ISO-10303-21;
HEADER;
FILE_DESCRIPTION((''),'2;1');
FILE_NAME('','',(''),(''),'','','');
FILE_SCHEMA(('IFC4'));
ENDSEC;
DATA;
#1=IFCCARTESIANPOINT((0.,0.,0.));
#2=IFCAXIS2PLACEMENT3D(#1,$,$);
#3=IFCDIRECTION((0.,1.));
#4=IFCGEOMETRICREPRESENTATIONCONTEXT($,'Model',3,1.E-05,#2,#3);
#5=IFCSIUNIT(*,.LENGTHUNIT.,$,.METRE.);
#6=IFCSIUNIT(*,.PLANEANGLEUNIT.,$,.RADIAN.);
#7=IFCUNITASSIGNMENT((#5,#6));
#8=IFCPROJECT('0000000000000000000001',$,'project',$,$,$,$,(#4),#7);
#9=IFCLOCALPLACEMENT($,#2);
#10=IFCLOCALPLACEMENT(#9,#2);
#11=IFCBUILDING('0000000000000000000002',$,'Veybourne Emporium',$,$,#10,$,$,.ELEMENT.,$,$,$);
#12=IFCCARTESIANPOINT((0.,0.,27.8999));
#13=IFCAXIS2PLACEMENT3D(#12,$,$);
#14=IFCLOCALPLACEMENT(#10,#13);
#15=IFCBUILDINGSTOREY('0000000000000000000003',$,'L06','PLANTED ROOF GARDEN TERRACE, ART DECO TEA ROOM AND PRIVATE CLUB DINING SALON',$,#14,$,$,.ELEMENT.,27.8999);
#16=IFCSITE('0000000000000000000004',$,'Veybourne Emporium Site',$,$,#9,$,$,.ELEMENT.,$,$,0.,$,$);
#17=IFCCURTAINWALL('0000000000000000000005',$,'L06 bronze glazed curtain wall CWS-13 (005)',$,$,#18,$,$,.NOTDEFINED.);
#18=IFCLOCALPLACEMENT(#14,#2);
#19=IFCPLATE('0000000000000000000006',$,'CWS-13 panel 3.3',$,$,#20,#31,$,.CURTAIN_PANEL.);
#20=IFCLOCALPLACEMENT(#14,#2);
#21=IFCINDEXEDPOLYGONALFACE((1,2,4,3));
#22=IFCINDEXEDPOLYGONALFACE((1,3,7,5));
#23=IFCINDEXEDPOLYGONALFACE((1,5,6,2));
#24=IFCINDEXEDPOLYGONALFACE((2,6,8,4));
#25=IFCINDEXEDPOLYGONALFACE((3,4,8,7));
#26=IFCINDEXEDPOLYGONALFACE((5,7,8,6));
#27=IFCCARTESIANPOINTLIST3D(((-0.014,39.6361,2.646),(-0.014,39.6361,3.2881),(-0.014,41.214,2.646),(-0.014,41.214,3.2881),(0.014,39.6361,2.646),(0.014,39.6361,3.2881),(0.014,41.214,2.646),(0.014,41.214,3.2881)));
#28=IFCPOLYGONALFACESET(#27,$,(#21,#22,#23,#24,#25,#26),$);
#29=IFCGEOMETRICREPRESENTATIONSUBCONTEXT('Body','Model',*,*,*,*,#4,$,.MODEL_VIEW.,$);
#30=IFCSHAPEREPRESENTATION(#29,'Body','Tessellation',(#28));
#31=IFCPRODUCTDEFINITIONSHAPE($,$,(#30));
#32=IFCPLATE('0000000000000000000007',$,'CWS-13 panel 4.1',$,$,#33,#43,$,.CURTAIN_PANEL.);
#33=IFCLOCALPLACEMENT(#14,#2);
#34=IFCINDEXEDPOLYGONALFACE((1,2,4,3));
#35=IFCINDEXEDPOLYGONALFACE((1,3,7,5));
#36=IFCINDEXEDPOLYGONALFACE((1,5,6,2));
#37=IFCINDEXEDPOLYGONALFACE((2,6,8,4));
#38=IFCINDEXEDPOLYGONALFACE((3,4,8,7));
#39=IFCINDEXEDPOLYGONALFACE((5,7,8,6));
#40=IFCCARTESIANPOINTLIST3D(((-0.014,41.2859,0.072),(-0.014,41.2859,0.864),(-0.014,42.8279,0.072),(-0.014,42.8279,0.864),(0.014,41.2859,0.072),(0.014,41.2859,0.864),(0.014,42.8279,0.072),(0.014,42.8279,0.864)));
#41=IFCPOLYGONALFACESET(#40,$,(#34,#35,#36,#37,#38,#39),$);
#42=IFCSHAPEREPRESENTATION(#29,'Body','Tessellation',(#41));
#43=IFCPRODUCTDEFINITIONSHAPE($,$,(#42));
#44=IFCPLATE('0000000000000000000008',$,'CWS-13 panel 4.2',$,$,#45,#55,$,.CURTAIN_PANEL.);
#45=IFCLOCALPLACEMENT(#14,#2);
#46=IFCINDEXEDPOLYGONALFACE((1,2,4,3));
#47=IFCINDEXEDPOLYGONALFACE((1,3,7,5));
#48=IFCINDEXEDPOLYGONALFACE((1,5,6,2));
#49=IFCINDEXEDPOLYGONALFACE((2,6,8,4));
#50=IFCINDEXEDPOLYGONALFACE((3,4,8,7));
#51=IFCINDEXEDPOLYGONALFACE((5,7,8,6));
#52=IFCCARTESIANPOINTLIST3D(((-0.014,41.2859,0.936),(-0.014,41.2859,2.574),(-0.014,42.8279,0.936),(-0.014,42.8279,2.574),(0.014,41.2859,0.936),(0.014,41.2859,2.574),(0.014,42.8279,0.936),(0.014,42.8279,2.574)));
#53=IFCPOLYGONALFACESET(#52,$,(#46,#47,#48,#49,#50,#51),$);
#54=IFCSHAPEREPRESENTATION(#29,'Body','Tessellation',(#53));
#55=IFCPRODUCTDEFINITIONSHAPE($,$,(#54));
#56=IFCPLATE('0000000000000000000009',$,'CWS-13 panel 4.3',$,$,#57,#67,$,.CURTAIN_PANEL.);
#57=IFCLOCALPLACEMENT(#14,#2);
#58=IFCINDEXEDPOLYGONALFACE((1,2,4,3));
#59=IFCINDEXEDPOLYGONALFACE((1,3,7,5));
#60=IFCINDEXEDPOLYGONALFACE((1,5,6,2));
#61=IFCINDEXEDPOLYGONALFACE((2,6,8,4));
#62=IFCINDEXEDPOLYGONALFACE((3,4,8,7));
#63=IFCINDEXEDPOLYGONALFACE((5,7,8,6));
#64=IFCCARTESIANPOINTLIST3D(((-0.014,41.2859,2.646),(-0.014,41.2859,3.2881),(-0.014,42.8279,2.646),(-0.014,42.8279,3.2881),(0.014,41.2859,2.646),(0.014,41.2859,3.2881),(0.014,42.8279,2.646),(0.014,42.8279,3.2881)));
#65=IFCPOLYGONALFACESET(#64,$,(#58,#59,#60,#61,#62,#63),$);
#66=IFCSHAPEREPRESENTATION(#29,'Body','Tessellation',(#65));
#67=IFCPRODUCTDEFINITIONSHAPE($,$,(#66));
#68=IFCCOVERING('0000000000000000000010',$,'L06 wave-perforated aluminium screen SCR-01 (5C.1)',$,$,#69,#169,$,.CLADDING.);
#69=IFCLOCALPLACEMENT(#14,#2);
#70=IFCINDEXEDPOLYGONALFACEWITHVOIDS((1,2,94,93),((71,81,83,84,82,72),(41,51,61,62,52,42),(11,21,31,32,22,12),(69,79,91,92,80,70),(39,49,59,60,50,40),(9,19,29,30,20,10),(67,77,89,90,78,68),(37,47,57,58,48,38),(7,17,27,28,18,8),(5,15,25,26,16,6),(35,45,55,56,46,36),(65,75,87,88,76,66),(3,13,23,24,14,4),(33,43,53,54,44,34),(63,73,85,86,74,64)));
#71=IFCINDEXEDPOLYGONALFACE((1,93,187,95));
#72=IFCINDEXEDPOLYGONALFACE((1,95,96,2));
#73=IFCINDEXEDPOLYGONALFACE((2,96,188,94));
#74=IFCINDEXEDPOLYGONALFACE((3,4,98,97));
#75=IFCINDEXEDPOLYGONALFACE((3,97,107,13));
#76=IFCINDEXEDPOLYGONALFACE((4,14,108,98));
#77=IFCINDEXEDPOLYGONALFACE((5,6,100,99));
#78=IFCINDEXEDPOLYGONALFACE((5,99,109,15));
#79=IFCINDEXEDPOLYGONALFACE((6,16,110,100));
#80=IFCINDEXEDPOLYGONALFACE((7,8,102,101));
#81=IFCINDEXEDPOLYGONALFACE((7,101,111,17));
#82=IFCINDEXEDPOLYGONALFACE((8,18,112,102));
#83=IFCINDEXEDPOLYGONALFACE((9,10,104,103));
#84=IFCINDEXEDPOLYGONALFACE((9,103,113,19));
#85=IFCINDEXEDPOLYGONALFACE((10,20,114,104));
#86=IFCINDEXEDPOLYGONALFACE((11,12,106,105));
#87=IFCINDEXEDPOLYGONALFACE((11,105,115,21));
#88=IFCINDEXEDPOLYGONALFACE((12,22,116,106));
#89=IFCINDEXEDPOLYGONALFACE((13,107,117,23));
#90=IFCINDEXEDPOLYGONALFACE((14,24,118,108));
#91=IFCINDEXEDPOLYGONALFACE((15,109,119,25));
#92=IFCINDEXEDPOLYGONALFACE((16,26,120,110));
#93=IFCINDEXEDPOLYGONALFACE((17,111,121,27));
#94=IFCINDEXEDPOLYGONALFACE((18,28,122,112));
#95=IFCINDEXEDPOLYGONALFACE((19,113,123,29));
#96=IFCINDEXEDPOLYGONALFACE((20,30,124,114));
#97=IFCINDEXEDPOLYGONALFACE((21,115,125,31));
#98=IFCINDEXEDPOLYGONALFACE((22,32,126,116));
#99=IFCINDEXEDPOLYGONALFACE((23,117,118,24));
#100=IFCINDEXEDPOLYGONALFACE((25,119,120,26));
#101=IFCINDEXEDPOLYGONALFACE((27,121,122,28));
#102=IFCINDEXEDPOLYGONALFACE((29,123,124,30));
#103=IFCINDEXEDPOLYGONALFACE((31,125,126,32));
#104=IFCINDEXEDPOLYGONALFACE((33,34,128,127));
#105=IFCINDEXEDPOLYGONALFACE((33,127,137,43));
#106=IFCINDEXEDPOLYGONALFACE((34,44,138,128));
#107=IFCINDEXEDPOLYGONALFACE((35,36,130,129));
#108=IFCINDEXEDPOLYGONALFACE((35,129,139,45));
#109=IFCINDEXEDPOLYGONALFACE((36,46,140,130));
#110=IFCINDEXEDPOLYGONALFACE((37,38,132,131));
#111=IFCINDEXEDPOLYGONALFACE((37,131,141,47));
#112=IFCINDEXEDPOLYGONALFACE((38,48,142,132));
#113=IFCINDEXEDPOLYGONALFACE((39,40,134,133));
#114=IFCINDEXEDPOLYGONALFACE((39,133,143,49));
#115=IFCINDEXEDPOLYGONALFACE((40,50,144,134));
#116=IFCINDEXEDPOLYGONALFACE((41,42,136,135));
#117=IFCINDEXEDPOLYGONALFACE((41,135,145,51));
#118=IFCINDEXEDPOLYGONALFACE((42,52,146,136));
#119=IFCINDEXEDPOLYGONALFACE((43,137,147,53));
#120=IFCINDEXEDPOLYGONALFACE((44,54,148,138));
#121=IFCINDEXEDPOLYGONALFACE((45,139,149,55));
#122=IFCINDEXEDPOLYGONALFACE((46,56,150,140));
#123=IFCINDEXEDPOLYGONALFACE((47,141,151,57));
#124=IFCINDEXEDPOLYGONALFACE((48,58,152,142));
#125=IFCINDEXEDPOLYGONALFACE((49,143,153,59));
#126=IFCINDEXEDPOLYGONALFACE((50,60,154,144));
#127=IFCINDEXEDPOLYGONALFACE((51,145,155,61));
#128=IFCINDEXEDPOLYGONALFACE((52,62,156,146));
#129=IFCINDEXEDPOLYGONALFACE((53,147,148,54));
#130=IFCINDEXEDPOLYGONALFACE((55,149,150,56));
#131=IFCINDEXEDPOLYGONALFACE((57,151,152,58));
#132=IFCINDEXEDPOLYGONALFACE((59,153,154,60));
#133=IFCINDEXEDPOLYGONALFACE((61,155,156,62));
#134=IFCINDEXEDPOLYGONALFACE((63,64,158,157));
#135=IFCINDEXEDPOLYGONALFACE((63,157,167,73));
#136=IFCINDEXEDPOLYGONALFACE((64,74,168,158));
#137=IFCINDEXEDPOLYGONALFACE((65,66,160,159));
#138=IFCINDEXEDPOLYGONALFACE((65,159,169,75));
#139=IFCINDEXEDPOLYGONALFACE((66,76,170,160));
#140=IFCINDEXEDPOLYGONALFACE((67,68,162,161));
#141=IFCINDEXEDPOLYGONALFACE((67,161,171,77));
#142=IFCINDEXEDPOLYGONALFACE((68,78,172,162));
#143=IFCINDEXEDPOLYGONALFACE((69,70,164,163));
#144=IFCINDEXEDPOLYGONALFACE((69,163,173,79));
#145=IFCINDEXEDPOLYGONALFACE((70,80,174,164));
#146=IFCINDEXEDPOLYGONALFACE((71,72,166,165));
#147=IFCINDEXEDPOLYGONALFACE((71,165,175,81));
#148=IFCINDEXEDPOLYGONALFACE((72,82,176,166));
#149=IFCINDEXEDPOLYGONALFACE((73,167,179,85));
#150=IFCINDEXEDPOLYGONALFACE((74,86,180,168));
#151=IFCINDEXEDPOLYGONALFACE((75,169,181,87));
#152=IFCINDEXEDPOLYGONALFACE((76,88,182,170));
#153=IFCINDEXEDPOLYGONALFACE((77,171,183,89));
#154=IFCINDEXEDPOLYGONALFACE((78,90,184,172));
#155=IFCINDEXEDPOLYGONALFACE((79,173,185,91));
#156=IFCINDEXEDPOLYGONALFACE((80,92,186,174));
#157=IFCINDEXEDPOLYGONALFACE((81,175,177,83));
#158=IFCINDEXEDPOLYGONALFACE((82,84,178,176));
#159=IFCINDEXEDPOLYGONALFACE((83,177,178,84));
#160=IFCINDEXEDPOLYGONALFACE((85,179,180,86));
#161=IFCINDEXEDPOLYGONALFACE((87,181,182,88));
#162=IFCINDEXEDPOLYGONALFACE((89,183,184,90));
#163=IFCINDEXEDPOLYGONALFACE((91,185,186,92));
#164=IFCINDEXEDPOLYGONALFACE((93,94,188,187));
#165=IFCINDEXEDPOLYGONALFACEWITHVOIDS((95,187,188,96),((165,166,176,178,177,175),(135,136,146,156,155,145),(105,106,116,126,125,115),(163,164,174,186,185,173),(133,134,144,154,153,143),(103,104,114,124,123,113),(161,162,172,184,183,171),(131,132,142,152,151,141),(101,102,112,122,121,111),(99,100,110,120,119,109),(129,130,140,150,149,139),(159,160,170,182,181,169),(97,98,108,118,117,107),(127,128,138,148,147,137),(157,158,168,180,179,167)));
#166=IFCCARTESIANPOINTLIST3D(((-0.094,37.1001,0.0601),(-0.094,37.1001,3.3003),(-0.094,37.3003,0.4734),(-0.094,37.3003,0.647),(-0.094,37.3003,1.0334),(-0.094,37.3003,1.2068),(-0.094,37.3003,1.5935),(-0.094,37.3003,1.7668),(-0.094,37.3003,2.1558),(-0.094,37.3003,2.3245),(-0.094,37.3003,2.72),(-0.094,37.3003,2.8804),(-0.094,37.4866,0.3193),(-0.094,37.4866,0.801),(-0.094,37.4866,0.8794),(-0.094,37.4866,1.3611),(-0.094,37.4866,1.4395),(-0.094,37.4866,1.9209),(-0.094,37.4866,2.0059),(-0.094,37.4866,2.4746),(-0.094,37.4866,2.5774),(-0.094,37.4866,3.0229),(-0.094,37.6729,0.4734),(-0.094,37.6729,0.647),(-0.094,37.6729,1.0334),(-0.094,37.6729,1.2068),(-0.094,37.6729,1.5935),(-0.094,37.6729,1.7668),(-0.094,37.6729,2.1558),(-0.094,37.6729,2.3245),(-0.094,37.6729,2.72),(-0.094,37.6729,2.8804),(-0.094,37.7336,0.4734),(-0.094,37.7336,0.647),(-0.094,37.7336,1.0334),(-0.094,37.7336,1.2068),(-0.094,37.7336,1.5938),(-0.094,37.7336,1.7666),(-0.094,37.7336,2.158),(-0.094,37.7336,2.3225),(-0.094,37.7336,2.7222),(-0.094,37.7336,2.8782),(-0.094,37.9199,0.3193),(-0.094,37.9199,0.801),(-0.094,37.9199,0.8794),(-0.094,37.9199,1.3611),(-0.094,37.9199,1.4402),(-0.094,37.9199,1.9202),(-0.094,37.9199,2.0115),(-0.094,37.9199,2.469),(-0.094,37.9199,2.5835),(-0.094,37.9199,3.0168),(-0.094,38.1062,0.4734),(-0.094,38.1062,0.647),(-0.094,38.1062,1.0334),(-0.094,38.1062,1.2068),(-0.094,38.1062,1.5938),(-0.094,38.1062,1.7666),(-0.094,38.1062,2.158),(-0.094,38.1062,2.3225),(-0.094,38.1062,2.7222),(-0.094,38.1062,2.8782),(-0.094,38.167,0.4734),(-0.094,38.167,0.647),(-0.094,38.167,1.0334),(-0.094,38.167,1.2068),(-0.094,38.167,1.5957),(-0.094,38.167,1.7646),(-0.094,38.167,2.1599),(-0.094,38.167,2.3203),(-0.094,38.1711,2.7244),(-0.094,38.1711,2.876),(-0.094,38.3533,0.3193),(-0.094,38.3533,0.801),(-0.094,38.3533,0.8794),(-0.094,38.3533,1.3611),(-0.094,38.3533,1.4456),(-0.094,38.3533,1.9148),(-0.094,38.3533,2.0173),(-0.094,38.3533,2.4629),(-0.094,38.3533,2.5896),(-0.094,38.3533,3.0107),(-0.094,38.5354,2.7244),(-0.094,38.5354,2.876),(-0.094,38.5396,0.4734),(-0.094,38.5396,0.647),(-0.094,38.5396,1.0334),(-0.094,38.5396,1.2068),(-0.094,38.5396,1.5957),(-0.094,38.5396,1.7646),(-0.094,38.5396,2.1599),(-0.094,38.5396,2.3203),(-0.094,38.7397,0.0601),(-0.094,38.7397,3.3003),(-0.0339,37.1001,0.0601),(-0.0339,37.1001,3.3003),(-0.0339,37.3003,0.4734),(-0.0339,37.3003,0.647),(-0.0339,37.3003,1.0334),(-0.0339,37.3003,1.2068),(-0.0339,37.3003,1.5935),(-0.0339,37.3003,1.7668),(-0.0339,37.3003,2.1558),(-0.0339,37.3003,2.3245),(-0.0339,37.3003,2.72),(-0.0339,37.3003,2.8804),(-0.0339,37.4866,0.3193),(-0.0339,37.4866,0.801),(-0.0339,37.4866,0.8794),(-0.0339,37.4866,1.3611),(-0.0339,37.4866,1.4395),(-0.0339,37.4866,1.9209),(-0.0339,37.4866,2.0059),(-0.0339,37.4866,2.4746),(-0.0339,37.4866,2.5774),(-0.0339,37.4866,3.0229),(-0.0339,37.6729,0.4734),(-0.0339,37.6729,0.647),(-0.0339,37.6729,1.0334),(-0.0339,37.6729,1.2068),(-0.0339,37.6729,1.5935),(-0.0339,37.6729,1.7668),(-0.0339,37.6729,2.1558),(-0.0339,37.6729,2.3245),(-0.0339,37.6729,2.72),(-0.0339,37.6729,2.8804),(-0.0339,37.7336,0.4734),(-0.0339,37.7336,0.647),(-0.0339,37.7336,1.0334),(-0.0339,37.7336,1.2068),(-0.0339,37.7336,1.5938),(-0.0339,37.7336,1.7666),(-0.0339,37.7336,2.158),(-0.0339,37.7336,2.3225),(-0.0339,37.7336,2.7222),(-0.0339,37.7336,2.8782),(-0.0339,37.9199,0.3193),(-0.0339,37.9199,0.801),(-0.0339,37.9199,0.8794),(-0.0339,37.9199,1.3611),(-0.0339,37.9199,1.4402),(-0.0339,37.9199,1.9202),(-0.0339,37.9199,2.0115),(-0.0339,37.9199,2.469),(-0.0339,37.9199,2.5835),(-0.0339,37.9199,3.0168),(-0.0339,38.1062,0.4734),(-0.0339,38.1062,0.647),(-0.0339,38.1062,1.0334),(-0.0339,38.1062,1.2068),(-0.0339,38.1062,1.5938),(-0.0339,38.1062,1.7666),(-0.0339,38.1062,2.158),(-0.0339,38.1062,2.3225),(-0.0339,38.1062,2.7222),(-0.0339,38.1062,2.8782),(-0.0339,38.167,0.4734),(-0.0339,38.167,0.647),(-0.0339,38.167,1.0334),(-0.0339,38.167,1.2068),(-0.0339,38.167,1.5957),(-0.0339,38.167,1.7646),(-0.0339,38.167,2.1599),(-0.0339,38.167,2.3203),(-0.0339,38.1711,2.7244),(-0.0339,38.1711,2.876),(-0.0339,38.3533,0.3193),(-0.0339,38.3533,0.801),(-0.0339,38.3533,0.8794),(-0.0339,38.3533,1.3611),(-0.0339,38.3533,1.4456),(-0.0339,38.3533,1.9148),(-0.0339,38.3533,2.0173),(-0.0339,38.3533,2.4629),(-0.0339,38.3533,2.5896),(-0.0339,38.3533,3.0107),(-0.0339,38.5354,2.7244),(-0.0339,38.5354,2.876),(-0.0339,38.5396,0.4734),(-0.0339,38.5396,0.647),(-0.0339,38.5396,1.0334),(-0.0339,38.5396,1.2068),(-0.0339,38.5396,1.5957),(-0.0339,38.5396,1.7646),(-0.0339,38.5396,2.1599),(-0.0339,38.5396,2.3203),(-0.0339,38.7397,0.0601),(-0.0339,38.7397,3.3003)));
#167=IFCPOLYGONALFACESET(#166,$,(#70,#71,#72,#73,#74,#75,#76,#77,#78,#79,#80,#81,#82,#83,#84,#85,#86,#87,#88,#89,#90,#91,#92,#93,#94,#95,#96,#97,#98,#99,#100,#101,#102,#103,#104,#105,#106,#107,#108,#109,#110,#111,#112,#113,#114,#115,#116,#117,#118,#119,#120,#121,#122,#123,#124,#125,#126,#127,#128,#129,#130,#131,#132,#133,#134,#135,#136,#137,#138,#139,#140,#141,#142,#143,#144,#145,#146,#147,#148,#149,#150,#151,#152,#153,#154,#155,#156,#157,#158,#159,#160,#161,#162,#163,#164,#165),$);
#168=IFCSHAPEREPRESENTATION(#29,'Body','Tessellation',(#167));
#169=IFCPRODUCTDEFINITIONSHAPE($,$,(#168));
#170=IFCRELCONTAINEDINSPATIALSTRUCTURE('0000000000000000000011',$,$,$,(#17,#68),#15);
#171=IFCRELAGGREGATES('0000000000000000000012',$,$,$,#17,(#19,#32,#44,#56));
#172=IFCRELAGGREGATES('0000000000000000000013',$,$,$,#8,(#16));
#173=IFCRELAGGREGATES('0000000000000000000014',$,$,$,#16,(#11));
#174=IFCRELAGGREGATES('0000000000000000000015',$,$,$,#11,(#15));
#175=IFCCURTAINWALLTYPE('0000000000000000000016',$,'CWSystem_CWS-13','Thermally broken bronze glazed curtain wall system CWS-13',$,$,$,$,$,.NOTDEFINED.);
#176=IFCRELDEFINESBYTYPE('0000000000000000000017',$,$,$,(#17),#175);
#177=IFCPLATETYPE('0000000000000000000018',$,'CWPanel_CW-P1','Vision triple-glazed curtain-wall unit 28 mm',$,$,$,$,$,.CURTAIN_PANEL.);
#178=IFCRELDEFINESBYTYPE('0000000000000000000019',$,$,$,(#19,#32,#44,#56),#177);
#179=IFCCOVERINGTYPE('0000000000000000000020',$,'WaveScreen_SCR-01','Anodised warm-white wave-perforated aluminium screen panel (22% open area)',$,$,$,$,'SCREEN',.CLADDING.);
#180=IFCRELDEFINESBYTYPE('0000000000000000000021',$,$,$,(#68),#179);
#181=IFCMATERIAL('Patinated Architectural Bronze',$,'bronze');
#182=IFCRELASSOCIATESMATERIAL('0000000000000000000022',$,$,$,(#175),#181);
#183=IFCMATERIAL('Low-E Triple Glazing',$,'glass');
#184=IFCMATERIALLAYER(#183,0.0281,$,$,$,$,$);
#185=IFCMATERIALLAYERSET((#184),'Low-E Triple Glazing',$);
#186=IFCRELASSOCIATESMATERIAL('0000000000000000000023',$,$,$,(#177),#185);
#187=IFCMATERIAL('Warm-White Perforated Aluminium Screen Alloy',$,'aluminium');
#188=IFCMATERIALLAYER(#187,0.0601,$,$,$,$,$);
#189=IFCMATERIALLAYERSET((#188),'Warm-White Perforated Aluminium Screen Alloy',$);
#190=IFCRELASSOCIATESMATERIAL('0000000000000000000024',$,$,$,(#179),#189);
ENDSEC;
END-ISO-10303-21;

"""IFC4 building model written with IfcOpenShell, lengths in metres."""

from ifc_helpers import new_model, si_unit, direction, frame, origin, origin_2d, place, context, subcontext, project, spatial, polyline, rectangle, outline, extrude, material, layer, layer_set, type_object, element, aggregate, save


model = new_model("IFC4")

# Units and contexts
model_context = context("Model", 3, precision=1e-05, world=origin(), true_north=direction((0.0, 1.0)))
body_context = subcontext(model_context, "Body", "Model", "MODEL_VIEW")
ifc_project = project(units=[si_unit("LENGTHUNIT", "METRE"), si_unit("PLANEANGLEUNIT", "RADIAN")], contexts=[model_context])

# Site, building, storey
site_placement = place(None, origin())
site = spatial("IfcSite", under=ifc_project, at=site_placement, Name="Veybourne Emporium Site", CompositionType="ELEMENT", RefElevation=0.0)
building_placement = place(site_placement, origin())
building = spatial("IfcBuilding", under=site, at=building_placement, Name="Veybourne Emporium", CompositionType="ELEMENT")
storey_placement = place(building_placement, frame((0.0, 0.0, 27.8999)))
storey = spatial("IfcBuildingStorey", under=building, at=storey_placement, Name="L06", Description="PLANTED ROOF GARDEN TERRACE, ART DECO TEA ROOM AND PRIVATE CLUB DINING SALON", CompositionType="ELEMENT", Elevation=27.8999)

# Curtain wall
ifc_material_1 = material(Name="Patinated Architectural Bronze", Category="bronze")
curtain_wall_type_1 = type_object("IfcCurtainWallType", Name="CWSystem_CWS-13", Description="Thermally broken bronze glazed curtain wall system CWS-13", PredefinedType="NOTDEFINED", material=ifc_material_1)
curtain_wall_1_placement = place(storey_placement, origin())
curtain_wall_1 = element("IfcCurtainWall", 1, at=curtain_wall_1_placement, inside=storey, type_object=curtain_wall_type_1, Name="L06 bronze glazed curtain wall CWS-13 (005)", PredefinedType="NOTDEFINED")

# Plates
ifc_material_2 = material(Name="Low-E Triple Glazing", Category="glass")
ifc_layer_1 = layer(ifc_material_2, 0.0281)
ifc_layer_set_1 = layer_set([ifc_layer_1], Name="Low-E Triple Glazing")
plate_type = type_object("IfcPlateType", Name="CWPanel_CW-P1", Description="Vision triple-glazed curtain-wall unit 28 mm", PredefinedType="CURTAIN_PANEL", material=ifc_layer_set_1)
plate_1_placement = place(storey_placement, frame((0.0, 40.425, 2.646), z_axis=(0.0, 0.0, 1.0), x_axis=(0.0, 1.0, 0.0)))
plate_1 = element("IfcPlate", 2, at=plate_1_placement, type_object=plate_type, Name="CWS-13 panel 3.3", PredefinedType="CURTAIN_PANEL", context=body_context, shape_type="SweptSolid", body=[
    extrude(rectangle(XDim=1.5779, YDim=0.0281, at=origin_2d()), origin(), (0.0, 0.0, 1.0), 0.6421),
])
plate_2_placement = place(storey_placement, frame((0.0, 42.0569, 0.072), z_axis=(0.0, 0.0, 1.0), x_axis=(0.0, 1.0, 0.0)))
plate_2 = element("IfcPlate", 3, at=plate_2_placement, type_object=plate_type, Name="CWS-13 panel 4.1", PredefinedType="CURTAIN_PANEL", context=body_context, shape_type="SweptSolid", body=[
    extrude(rectangle(XDim=1.542, YDim=0.0281, at=origin_2d()), origin(), (0.0, 0.0, 1.0), 0.792),
])
plate_3_placement = place(storey_placement, frame((0.0, 42.0569, 0.936), z_axis=(0.0, 0.0, 1.0), x_axis=(0.0, 1.0, 0.0)))
plate_3 = element("IfcPlate", 4, at=plate_3_placement, type_object=plate_type, Name="CWS-13 panel 4.2", PredefinedType="CURTAIN_PANEL", context=body_context, shape_type="SweptSolid", body=[
    extrude(rectangle(XDim=1.542, YDim=0.0281, at=origin_2d()), origin(), (0.0, 0.0, 1.0), 1.6379),
])
plate_4_placement = place(storey_placement, frame((0.0, 42.0569, 2.646), z_axis=(0.0, 0.0, 1.0), x_axis=(0.0, 1.0, 0.0)))
plate_4 = element("IfcPlate", 5, at=plate_4_placement, type_object=plate_type, Name="CWS-13 panel 4.3", PredefinedType="CURTAIN_PANEL", context=body_context, shape_type="SweptSolid", body=[
    extrude(rectangle(XDim=1.542, YDim=0.0281, at=origin_2d()), origin(), (0.0, 0.0, 1.0), 0.6421),
])
aggregate(curtain_wall_1, [plate_1, plate_2, plate_3, plate_4])

# Covering
ifc_material_3 = material(Name="Warm-White Perforated Aluminium Screen Alloy", Category="aluminium")
ifc_layer_2 = layer(ifc_material_3, 0.0601)
ifc_layer_set_2 = layer_set([ifc_layer_2], Name="Warm-White Perforated Aluminium Screen Alloy")
covering_type_1 = type_object("IfcCoveringType", Name="WaveScreen_SCR-01", Description="Anodised warm-white wave-perforated aluminium screen panel (22% open area)", ElementType="SCREEN", PredefinedType="CLADDING", material=ifc_layer_set_2)
covering_1_placement = place(storey_placement, frame((-0.094, 37.9199, 1.6802), z_axis=(1.0, 0.0, 0.0), x_axis=(0.0, 1.0, 0.0)))
element("IfcCovering", 6, at=covering_1_placement, inside=storey, type_object=covering_type_1, Name="L06 wave-perforated aluminium screen SCR-01 (5C.1)", PredefinedType="CLADDING", context=body_context, shape_type="SweptSolid", body=[
    extrude(outline(polyline([(-0.8198, -1.6201), (0.8198, -1.6201), (0.8198, 1.6201), (-0.8198, 1.6201), (-0.8198, -1.6201)]), holes=[polyline([(-0.4333, -0.8792), (-0.2471, -1.0332), (-0.2471, -1.2068), (-0.4333, -1.3608), (-0.6196, -1.2068), (-0.6196, -1.0332), (-0.4333, -0.8792)]), polyline([(-0.4333, -0.3191), (-0.2471, -0.4734), (-0.2471, -0.6467), (-0.4333, -0.8008), (-0.6196, -0.6467), (-0.6196, -0.4734), (-0.4333, -0.3191)]), polyline([(-0.4333, 0.2407), (-0.2471, 0.0867), (-0.2471, -0.0867), (-0.4333, -0.2407), (-0.6196, -0.0867), (-0.6196, 0.0867), (-0.4333, 0.2407)]), polyline([(-0.4333, 0.7944), (-0.2471, 0.6443), (-0.2471, 0.4756), (-0.4333, 0.3257), (-0.6196, 0.4756), (-0.6196, 0.6443), (-0.4333, 0.7944)]), polyline([(-0.4333, 1.3428), (-0.2471, 1.2002), (-0.2471, 1.0398), (-0.4333, 0.8972), (-0.6196, 1.0398), (-0.6196, 1.2002), (-0.4333, 1.3428)]), polyline([(0.0, -0.8792), (0.1863, -1.0332), (0.1863, -1.2068), (0.0, -1.3608), (-0.1863, -1.2068), (-0.1863, -1.0332), (0.0, -0.8792)]), polyline([(0.0, -0.3191), (0.1863, -0.4734), (0.1863, -0.6467), (0.0, -0.8008), (-0.1863, -0.6467), (-0.1863, -0.4734), (0.0, -0.3191)]), polyline([(0.0, 0.24), (0.1863, 0.0864), (0.1863, -0.0864), (0.0, -0.24), (-0.1863, -0.0864), (-0.1863, 0.0864), (0.0, 0.24)]), polyline([(0.0, 0.7888), (0.1863, 0.6423), (0.1863, 0.4778), (0.0, 0.3313), (-0.1863, 0.4778), (-0.1863, 0.6423), (0.0, 0.7888)]), polyline([(0.0, 1.3367), (0.1863, 1.198), (0.1863, 1.042), (0.0, 0.9033), (-0.1863, 1.042), (-0.1863, 1.198), (0.0, 1.3367)]), polyline([(0.4333, -0.8792), (0.6196, -1.0332), (0.6196, -1.2068), (0.4333, -1.3608), (0.2471, -1.2068), (0.2471, -1.0332), (0.4333, -0.8792)]), polyline([(0.4333, -0.3191), (0.6196, -0.4734), (0.6196, -0.6467), (0.4333, -0.8008), (0.2471, -0.6467), (0.2471, -0.4734), (0.4333, -0.3191)]), polyline([(0.4333, 0.2346), (0.6196, 0.0845), (0.6196, -0.0845), (0.4333, -0.2346), (0.2471, -0.0845), (0.2471, 0.0845), (0.4333, 0.2346)]), polyline([(0.4333, 0.7827), (0.6196, 0.6401), (0.6196, 0.4797), (0.4333, 0.3372), (0.2471, 0.4797), (0.2471, 0.6401), (0.4333, 0.7827)]), polyline([(0.4333, 1.3306), (0.6155, 1.1958), (0.6155, 1.0442), (0.4333, 0.9094), (0.2512, 1.0442), (0.2512, 1.1958), (0.4333, 1.3306)])]), origin(), (0.0, 0.0, 1.0), 0.0601),
])

save(model, "model.ifc")
